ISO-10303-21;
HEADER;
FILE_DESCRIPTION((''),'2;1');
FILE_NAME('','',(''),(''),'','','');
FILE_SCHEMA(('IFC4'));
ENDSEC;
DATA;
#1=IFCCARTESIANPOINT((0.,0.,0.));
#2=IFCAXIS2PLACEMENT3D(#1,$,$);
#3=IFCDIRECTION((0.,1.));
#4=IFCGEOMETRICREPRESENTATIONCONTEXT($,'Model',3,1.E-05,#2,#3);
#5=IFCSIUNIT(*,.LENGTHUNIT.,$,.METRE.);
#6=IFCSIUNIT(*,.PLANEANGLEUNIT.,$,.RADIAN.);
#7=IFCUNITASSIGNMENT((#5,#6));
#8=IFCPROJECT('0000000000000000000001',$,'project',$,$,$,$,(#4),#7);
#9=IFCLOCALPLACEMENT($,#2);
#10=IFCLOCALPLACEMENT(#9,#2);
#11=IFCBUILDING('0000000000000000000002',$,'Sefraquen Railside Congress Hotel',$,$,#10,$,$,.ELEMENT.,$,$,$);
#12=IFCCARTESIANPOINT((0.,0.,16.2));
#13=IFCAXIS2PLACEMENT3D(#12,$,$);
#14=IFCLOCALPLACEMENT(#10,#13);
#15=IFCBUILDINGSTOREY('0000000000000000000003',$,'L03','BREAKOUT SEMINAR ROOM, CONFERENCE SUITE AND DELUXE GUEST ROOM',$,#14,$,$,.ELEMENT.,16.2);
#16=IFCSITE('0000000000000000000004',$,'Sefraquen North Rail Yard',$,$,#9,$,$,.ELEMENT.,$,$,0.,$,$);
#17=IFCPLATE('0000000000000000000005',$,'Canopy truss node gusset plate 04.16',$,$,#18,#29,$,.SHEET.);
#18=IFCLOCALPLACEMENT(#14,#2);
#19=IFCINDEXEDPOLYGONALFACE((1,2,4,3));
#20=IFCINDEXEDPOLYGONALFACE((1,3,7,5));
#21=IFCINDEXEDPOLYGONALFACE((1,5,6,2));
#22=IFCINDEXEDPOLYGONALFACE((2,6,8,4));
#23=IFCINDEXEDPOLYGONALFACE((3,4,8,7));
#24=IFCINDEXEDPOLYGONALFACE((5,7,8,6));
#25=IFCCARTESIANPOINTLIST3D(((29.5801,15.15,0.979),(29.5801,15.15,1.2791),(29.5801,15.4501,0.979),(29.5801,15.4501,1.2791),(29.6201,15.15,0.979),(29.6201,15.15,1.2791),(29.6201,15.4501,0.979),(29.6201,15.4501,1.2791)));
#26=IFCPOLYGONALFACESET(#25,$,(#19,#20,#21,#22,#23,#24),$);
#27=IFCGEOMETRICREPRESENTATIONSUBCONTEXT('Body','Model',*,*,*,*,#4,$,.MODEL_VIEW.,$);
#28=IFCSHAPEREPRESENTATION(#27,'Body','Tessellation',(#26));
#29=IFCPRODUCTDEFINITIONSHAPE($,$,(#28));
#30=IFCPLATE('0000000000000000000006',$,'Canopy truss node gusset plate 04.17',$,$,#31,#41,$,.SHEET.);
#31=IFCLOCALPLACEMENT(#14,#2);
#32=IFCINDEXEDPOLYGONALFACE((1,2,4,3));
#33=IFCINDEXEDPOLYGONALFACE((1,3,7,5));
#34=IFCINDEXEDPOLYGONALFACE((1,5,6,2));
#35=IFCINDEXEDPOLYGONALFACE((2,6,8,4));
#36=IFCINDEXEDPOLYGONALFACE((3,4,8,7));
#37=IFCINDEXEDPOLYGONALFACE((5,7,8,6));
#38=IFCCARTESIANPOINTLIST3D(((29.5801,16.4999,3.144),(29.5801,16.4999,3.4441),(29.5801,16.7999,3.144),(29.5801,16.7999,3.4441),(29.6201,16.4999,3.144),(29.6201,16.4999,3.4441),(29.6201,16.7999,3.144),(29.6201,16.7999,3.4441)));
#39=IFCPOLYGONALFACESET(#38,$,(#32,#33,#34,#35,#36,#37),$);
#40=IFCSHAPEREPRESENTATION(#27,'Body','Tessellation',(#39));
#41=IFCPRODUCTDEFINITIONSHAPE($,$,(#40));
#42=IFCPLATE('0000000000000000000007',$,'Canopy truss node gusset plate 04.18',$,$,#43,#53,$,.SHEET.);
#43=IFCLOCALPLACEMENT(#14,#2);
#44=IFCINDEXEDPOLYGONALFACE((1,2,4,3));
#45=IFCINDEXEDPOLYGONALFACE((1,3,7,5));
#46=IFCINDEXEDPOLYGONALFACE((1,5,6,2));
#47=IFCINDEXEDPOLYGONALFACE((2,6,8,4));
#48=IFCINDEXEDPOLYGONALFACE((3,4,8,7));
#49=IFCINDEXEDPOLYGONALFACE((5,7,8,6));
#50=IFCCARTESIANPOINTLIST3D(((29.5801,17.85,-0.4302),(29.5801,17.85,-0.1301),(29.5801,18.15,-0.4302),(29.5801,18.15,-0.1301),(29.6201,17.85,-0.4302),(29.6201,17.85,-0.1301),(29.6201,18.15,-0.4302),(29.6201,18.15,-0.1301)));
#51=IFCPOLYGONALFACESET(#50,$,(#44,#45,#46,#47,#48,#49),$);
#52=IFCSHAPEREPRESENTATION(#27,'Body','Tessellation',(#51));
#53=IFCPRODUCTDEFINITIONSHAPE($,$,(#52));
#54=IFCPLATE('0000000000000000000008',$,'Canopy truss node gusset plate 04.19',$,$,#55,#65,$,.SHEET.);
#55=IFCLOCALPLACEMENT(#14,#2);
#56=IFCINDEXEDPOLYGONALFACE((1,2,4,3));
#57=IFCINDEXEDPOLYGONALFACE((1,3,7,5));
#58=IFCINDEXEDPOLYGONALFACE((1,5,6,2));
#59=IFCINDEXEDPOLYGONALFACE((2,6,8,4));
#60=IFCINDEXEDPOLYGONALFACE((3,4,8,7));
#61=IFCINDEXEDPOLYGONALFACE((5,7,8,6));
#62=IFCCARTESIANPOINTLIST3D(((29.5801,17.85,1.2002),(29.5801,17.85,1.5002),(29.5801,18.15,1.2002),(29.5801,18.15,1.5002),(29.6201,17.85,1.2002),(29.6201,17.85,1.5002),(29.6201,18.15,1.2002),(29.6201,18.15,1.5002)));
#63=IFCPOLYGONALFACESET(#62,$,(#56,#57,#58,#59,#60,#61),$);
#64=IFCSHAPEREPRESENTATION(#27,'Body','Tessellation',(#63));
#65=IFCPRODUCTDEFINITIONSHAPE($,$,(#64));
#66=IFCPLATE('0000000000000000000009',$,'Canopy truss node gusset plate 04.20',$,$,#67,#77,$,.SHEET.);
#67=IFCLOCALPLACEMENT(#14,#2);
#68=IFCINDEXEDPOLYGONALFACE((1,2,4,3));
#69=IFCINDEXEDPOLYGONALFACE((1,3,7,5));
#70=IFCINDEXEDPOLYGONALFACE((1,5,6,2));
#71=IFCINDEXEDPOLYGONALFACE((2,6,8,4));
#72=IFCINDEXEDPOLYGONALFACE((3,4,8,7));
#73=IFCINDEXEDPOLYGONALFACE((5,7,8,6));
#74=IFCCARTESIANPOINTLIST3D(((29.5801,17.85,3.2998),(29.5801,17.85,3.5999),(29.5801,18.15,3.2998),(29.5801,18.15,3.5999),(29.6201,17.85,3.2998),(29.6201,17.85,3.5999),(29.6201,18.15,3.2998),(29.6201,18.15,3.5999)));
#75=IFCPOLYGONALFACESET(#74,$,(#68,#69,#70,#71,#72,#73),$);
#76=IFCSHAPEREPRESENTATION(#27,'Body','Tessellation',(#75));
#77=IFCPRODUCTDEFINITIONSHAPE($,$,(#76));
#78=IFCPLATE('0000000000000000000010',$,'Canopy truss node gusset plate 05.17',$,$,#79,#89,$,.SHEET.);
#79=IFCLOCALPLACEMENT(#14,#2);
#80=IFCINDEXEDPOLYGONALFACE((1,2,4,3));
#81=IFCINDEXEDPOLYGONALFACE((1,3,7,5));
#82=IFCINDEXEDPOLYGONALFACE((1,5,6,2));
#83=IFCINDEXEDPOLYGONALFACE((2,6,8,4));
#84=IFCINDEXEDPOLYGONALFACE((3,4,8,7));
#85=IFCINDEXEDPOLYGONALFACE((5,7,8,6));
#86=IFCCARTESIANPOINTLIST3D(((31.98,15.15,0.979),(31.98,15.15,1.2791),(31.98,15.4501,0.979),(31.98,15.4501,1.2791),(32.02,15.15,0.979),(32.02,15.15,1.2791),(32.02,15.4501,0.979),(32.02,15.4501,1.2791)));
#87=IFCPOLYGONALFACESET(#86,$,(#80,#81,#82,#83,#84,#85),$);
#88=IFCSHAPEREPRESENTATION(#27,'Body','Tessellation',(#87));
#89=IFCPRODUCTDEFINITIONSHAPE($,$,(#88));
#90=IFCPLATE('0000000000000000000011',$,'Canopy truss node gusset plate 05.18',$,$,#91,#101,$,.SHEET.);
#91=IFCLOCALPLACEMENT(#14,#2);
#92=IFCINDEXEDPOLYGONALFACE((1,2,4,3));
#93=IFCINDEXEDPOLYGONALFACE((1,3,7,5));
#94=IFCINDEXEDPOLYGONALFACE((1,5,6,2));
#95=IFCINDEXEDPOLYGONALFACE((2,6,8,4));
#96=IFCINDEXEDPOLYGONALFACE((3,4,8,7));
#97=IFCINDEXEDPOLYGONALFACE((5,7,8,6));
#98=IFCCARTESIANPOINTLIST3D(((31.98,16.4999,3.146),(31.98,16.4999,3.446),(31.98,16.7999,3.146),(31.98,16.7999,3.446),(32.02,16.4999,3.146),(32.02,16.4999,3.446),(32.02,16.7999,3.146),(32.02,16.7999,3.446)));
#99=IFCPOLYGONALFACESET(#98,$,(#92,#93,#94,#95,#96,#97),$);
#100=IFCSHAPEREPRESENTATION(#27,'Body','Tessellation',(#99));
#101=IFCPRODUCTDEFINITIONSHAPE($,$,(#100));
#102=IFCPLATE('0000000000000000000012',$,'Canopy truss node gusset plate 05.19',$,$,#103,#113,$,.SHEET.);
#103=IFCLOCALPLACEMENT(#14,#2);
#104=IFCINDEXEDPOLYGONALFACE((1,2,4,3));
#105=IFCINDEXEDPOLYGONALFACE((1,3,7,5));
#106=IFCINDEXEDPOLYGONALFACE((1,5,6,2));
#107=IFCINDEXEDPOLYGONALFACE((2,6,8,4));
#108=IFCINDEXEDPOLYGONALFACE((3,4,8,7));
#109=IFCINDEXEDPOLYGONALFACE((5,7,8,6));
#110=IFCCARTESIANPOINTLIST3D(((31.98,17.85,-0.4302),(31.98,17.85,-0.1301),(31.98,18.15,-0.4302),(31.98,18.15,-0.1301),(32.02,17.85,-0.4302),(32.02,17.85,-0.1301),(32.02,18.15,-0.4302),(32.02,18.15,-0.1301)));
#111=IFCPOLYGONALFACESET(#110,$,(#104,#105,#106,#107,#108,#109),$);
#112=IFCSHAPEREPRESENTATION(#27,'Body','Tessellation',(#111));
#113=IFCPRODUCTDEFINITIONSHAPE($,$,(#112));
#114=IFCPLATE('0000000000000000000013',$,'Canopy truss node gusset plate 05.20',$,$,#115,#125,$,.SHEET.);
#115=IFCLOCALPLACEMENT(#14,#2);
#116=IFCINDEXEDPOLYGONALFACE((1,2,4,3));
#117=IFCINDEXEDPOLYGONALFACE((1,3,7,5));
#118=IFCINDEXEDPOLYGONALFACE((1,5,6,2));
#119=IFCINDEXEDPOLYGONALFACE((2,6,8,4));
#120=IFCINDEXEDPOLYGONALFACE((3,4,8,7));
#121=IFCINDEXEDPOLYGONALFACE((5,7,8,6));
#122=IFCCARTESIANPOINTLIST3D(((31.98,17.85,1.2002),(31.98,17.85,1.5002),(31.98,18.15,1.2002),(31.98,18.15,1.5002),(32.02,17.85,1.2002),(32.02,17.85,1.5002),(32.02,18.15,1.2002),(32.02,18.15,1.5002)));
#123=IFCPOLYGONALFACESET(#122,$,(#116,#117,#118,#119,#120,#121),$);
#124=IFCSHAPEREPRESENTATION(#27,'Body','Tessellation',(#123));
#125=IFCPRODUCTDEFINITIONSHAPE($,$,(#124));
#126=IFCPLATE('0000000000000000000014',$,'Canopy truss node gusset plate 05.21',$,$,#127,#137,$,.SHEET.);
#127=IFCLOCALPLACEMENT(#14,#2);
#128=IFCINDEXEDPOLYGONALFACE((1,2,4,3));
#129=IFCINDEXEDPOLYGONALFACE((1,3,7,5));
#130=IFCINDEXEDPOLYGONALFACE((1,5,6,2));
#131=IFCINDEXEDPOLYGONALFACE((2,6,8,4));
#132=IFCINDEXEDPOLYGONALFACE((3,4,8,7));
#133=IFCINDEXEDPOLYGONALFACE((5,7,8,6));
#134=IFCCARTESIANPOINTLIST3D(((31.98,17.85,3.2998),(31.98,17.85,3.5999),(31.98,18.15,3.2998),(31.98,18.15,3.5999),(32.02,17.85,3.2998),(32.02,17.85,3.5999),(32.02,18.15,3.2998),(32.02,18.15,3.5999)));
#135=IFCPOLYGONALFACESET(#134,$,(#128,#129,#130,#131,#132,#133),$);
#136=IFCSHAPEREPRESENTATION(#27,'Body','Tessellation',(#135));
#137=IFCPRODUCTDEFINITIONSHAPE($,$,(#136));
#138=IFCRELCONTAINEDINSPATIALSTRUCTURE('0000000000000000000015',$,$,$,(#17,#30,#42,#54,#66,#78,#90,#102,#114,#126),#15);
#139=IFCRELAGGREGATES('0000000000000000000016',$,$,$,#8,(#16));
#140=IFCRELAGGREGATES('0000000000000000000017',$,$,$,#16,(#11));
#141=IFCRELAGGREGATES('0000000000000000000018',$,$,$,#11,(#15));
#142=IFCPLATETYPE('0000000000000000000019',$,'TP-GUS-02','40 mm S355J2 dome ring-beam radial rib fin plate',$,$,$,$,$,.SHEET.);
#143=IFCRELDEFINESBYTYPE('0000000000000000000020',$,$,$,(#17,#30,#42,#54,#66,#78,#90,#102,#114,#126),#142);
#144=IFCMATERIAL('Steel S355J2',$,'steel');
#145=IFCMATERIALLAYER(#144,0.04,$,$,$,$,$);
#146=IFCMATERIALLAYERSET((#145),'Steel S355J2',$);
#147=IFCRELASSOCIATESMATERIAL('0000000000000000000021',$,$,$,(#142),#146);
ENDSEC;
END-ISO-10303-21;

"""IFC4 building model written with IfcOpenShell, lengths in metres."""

from ifc_helpers import new_model, si_unit, direction, frame, origin, origin_2d, place, context, subcontext, project, spatial, rectangle, extrude, material, layer, layer_set, type_object, element, save


model = new_model("IFC4")

# Units and contexts
model_context = context("Model", 3, precision=1e-05, world=origin(), true_north=direction((0.0, 1.0)))
body_context = subcontext(model_context, "Body", "Model", "MODEL_VIEW")
ifc_project = project(units=[si_unit("LENGTHUNIT", "METRE"), si_unit("PLANEANGLEUNIT", "RADIAN")], contexts=[model_context])

# Site, building, storey
site_placement = place(None, origin())
site = spatial("IfcSite", under=ifc_project, at=site_placement, Name="Sefraquen North Rail Yard", CompositionType="ELEMENT", RefElevation=0.0)
building_placement = place(site_placement, origin())
building = spatial("IfcBuilding", under=site, at=building_placement, Name="Sefraquen Railside Congress Hotel", CompositionType="ELEMENT")
storey_placement = place(building_placement, frame((0.0, 0.0, 16.2)))
storey = spatial("IfcBuildingStorey", under=building, at=storey_placement, Name="L03", Description="BREAKOUT SEMINAR ROOM, CONFERENCE SUITE AND DELUXE GUEST ROOM", CompositionType="ELEMENT", Elevation=16.2)

# Shared definitions
ifc_material_1 = material(Name="Steel S355J2", Category="steel")

# Plates
ifc_layer = layer(ifc_material_1, 0.04)
ifc_layer_set = layer_set([ifc_layer], Name="Steel S355J2")
plate_type = type_object("IfcPlateType", Name="TP-GUS-02", Description="40 mm S355J2 dome ring-beam radial rib fin plate", PredefinedType="SHEET", material=ifc_layer_set)
for number, where, z_axis, x_axis, name in (
    (1, (29.6001, 15.3, 0.979), (0.0, 0.0, 1.0), (1.0, 0.0, 0.0), "Canopy truss node gusset plate 04.16"),
    (2, (29.6001, 16.6499, 3.144), (0.0, 0.0, 1.0), (1.0, 0.0, 0.0), "Canopy truss node gusset plate 04.17"),
    (3, (29.6001, 18.0, -0.4302), (0.0, 0.0, 1.0), (1.0, 0.0, 0.0), "Canopy truss node gusset plate 04.18"),
    (4, (29.6001, 18.0, 1.2002), (0.0, 0.0, 1.0), (1.0, 0.0, 0.0), "Canopy truss node gusset plate 04.19"),
    (5, (29.6001, 18.0, 3.2998), (0.0, 0.0, 1.0), (1.0, 0.0, 0.0), "Canopy truss node gusset plate 04.20"),
    (6, (32.0, 15.3, 0.979), (0.0, 0.0, 1.0), (1.0, 0.0, 0.0), "Canopy truss node gusset plate 05.17"),
    (7, (32.0, 16.6499, 3.146), (0.0, 0.0, 1.0), (1.0, 0.0, 0.0), "Canopy truss node gusset plate 05.18"),
    (8, (32.0, 18.0, -0.4302), (0.0, 0.0, 1.0), (1.0, 0.0, 0.0), "Canopy truss node gusset plate 05.19"),
    (9, (32.0, 18.0, 1.2002), (0.0, 0.0, 1.0), (1.0, 0.0, 0.0), "Canopy truss node gusset plate 05.20"),
    (10, (32.0, 18.0, 3.2998), (0.0, 0.0, 1.0), (1.0, 0.0, 0.0), "Canopy truss node gusset plate 05.21"),
):
    element("IfcPlate", number, at=place(storey_placement, frame(where, z_axis=z_axis, x_axis=x_axis)), inside=storey, type_object=plate_type, Name=name, PredefinedType="SHEET", context=body_context, shape_type="SweptSolid", body=[
        extrude(rectangle(XDim=0.04, YDim=0.3, at=origin_2d()), origin(), (0.0, 0.0, 1.0), 0.3),
    ])

save(model, "model.ifc")
